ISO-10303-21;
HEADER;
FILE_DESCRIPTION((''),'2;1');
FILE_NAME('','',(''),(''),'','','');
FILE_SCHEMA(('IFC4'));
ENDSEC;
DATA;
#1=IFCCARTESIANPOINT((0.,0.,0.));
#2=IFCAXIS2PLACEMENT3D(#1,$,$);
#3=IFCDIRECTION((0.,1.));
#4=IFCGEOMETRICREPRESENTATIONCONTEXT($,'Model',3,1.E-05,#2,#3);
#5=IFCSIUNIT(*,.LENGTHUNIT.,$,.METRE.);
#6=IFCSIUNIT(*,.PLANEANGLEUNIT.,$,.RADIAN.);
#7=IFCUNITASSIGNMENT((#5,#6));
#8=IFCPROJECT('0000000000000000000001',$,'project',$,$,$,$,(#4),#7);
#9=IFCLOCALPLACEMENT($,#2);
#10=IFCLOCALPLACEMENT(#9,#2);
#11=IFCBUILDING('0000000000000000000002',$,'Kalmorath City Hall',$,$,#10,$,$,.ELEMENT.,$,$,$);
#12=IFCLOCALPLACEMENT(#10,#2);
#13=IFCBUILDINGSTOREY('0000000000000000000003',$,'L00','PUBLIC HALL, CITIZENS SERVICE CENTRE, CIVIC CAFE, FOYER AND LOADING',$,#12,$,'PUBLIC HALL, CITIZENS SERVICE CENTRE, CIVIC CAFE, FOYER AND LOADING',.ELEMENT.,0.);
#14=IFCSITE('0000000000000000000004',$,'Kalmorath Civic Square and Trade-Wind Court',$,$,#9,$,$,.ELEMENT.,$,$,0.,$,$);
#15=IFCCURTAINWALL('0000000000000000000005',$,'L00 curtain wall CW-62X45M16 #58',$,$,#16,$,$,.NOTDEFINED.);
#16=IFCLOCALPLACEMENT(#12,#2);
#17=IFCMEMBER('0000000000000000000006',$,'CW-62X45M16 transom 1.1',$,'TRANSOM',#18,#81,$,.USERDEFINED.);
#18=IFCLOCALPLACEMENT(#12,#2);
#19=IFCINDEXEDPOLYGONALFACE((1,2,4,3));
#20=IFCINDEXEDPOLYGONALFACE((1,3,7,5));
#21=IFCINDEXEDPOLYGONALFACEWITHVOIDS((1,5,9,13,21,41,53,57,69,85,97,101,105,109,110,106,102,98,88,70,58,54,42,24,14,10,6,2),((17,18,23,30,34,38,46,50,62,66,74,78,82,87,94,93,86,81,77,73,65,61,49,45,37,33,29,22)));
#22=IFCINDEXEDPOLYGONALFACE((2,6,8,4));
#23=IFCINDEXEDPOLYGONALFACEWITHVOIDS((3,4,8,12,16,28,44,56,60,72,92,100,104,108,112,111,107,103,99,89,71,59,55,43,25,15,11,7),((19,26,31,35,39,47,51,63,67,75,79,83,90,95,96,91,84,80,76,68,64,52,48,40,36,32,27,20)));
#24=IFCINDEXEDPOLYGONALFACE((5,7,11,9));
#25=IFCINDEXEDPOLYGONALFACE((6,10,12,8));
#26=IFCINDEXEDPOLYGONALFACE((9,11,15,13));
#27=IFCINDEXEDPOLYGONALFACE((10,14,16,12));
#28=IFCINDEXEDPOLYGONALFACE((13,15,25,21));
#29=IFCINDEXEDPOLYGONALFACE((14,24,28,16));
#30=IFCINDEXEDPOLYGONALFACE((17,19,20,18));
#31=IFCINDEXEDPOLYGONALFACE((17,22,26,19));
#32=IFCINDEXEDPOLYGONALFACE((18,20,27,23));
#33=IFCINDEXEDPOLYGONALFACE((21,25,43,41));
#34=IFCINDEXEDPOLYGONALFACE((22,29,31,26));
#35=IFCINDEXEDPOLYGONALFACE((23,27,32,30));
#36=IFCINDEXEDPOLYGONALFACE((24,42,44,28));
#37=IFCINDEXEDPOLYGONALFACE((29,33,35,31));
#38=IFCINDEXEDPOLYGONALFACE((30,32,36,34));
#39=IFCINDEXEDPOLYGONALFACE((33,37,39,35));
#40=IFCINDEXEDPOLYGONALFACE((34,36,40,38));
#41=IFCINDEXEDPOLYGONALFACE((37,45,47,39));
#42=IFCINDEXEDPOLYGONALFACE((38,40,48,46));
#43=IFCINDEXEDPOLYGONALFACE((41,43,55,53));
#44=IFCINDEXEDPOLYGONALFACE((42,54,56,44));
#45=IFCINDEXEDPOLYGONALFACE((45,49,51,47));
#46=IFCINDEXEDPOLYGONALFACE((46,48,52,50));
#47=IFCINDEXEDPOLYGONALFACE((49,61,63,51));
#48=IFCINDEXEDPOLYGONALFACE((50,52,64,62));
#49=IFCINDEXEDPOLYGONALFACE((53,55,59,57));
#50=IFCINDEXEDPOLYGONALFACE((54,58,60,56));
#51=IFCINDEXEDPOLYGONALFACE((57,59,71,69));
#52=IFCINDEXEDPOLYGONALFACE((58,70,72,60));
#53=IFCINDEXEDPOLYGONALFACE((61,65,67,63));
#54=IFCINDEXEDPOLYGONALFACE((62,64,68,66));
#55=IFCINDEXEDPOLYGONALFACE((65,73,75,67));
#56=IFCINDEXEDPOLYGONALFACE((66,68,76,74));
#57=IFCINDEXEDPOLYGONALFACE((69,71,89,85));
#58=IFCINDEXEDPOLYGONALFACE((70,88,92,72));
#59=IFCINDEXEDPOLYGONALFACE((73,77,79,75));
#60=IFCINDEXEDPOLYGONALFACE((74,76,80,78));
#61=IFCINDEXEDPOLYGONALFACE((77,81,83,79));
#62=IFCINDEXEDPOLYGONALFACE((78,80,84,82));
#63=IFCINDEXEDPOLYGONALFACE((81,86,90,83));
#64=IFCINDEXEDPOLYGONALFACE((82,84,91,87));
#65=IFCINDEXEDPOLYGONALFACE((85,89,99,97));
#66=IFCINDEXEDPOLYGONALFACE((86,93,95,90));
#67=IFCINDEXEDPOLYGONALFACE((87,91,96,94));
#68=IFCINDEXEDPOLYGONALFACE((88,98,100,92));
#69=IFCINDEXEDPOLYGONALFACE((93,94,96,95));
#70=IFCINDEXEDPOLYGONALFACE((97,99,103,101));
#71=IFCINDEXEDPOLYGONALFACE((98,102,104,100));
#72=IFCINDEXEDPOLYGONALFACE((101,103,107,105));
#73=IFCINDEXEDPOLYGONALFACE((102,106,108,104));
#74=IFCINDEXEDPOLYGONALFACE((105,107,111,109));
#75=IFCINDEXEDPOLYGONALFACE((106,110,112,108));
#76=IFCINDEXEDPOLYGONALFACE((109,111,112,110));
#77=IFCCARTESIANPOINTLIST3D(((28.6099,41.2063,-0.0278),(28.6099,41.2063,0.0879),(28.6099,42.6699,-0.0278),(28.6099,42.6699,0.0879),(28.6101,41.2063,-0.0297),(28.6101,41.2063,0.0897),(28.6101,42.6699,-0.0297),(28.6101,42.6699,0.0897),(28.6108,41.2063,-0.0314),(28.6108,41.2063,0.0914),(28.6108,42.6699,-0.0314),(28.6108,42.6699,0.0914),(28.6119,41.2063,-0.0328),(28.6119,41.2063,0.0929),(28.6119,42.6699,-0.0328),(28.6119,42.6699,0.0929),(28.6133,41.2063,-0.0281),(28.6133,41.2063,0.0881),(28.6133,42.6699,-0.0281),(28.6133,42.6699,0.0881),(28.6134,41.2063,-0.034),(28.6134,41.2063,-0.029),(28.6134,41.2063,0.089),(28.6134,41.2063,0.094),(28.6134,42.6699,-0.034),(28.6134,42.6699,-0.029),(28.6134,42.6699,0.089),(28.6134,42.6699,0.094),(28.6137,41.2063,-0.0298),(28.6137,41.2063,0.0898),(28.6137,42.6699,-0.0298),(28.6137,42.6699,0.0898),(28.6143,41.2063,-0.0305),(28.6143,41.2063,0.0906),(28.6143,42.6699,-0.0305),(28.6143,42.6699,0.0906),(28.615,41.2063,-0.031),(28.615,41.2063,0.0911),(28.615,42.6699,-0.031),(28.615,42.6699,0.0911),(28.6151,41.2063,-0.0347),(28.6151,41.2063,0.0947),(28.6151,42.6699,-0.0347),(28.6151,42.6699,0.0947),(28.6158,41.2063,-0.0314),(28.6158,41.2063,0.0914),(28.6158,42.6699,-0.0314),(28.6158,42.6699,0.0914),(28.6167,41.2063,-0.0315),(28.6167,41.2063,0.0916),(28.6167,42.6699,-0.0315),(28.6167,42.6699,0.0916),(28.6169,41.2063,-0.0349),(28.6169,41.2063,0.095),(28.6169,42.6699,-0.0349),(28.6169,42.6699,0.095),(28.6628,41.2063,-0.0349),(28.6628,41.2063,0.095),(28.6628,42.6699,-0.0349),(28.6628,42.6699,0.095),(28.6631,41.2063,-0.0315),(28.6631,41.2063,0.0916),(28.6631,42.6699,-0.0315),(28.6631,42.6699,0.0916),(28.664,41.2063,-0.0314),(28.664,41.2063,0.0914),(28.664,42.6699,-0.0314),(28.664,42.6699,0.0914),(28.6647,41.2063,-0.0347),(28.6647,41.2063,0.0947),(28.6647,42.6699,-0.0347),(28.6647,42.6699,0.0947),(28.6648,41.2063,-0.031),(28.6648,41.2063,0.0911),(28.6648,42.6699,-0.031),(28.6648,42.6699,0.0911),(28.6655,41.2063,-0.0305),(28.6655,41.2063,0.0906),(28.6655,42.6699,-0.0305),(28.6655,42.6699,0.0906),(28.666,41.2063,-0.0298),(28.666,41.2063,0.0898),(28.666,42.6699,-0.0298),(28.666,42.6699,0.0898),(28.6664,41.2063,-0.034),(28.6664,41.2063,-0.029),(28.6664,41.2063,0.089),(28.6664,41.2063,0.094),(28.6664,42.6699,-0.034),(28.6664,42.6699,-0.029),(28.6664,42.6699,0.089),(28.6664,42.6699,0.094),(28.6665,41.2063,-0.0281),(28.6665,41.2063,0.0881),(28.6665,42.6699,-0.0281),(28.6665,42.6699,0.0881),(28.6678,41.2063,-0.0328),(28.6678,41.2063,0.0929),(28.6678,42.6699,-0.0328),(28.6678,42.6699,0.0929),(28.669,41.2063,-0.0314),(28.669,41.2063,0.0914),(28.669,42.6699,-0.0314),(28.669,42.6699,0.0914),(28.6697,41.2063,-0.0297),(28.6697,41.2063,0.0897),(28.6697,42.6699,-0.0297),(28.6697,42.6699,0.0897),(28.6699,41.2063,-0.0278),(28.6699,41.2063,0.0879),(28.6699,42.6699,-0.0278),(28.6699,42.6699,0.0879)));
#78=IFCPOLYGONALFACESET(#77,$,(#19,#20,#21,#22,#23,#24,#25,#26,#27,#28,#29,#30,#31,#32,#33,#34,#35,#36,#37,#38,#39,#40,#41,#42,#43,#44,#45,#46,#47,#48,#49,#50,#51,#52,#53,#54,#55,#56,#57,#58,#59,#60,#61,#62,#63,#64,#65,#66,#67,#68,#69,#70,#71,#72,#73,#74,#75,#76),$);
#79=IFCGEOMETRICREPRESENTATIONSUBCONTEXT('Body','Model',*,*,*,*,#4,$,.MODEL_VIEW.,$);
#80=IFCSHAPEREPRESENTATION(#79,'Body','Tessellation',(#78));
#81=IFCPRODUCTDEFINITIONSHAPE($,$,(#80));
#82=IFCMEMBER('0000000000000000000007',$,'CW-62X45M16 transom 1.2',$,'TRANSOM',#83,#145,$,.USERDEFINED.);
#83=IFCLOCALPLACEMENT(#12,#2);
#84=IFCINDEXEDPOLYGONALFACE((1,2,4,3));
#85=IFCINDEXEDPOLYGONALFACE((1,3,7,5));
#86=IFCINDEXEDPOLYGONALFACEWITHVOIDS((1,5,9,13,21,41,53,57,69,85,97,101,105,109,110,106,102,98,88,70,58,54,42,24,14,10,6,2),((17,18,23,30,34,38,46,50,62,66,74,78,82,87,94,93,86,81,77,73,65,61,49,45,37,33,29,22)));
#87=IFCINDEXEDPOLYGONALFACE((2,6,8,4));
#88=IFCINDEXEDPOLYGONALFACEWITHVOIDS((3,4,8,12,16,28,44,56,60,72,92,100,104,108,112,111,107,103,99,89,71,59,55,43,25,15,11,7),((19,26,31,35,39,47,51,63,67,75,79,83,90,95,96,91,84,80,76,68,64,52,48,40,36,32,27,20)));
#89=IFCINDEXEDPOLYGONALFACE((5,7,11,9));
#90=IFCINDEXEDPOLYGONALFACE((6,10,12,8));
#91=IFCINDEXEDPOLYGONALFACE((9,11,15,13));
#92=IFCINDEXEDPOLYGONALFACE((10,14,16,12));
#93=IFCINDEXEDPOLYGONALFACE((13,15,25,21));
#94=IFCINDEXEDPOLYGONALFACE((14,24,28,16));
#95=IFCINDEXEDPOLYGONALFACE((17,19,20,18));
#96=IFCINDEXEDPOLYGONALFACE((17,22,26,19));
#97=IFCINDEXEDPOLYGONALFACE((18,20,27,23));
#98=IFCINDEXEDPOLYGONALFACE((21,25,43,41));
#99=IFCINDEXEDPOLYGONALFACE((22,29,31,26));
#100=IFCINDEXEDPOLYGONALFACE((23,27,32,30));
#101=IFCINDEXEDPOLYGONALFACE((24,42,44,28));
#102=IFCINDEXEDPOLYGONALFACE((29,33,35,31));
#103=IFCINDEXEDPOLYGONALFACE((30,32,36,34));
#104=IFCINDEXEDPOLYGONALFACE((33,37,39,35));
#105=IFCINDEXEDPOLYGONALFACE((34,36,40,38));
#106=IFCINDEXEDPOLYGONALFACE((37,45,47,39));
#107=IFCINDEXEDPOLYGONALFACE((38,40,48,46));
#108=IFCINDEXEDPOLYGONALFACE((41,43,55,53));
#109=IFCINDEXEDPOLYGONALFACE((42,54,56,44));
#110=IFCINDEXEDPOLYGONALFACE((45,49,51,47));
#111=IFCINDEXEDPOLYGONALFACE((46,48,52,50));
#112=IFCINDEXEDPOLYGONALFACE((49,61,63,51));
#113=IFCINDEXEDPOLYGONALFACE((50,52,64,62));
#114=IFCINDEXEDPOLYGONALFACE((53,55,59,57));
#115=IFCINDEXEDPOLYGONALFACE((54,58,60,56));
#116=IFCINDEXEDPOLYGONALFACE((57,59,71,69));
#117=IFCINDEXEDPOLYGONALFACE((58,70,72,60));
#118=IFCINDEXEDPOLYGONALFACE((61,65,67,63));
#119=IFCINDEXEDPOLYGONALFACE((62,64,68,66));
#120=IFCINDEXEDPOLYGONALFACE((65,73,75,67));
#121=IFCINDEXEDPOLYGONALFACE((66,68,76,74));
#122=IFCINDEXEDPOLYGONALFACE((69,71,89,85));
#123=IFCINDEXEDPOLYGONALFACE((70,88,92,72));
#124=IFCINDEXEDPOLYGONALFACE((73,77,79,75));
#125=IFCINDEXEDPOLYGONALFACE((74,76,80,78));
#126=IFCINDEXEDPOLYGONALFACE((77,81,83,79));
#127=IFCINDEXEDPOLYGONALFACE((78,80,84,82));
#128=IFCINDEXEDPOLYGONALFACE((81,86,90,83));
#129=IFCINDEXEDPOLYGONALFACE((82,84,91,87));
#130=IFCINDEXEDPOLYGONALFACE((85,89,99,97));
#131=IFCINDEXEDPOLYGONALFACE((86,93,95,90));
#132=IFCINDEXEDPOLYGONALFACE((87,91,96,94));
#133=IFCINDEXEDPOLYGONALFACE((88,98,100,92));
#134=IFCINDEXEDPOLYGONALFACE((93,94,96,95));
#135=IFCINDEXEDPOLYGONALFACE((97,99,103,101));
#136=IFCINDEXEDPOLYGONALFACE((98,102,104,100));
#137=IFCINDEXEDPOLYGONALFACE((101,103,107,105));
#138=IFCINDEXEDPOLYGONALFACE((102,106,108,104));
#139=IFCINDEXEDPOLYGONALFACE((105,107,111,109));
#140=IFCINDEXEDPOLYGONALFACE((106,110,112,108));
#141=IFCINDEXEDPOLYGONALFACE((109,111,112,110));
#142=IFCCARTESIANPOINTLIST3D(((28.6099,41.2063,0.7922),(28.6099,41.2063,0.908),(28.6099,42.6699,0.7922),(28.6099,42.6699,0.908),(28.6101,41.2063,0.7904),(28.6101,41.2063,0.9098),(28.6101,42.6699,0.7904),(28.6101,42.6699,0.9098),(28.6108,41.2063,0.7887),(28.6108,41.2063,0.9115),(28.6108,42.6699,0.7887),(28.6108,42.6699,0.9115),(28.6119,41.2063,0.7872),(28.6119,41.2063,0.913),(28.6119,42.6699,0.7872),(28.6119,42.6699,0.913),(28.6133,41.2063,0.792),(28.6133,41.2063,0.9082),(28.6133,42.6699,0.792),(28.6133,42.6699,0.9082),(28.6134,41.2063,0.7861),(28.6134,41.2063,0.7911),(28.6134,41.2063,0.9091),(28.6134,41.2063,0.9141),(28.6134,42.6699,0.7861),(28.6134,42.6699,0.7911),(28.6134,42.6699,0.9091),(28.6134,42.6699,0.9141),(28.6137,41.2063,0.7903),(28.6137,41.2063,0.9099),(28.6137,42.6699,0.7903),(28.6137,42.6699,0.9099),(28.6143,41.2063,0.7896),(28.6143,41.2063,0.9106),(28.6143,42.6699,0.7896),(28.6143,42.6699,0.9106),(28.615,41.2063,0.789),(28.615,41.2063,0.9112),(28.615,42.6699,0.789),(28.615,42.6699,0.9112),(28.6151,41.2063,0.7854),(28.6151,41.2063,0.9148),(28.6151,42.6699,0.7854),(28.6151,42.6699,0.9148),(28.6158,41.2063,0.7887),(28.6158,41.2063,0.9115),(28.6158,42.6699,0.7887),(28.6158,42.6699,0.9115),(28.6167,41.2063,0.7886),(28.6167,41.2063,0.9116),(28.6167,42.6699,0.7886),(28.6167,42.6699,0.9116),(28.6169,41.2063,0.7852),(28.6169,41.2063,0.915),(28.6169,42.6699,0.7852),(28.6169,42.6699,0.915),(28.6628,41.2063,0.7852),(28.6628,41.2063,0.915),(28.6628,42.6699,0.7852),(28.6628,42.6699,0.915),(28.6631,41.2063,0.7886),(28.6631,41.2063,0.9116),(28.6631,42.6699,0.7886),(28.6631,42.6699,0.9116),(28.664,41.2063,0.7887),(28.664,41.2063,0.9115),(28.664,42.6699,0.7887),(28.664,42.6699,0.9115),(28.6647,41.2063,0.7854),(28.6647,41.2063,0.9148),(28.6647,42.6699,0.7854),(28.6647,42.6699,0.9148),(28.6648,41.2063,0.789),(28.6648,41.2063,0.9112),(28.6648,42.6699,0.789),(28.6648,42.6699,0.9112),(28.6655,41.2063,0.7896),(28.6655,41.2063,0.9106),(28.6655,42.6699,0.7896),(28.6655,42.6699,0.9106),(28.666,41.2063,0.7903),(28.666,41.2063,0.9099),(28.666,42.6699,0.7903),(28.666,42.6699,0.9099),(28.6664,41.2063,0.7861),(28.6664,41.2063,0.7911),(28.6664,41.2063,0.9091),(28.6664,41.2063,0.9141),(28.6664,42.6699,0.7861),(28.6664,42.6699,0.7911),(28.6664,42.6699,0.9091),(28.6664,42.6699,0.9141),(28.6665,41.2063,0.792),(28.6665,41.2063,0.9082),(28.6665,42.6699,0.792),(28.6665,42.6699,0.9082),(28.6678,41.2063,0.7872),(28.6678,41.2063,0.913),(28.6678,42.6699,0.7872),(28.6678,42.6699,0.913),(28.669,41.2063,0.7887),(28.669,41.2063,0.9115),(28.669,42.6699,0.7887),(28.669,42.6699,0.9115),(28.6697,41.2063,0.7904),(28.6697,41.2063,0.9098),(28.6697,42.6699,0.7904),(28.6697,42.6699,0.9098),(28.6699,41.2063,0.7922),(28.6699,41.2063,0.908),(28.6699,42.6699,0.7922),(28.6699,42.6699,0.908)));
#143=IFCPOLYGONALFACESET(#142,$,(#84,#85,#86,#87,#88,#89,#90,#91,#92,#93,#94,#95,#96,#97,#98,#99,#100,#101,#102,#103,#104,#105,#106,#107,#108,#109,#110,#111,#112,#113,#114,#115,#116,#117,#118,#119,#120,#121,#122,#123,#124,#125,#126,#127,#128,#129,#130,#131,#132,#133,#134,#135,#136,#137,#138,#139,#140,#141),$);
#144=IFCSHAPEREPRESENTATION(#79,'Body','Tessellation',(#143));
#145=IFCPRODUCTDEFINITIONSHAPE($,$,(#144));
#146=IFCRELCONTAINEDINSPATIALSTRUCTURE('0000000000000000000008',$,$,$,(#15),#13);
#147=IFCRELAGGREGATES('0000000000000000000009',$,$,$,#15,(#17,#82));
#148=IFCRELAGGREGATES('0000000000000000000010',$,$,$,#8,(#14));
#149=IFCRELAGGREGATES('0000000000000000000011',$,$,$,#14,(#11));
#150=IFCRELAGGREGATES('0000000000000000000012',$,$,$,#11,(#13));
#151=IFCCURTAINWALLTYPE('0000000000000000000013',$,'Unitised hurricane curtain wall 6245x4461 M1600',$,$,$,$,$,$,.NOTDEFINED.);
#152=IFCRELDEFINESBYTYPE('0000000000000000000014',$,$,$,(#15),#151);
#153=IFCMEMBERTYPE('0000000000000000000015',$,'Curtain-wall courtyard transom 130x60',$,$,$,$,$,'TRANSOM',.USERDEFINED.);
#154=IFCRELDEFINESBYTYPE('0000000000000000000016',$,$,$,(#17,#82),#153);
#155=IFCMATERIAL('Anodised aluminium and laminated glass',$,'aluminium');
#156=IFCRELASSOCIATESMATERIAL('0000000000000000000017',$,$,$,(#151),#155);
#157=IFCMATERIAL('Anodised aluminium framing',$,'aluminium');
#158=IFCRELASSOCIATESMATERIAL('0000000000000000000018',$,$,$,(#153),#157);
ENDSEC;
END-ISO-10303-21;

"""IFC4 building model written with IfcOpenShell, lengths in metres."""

from ifc_helpers import new_model, si_unit, direction, frame, origin, origin_2d, place, context, subcontext, project, spatial, hollow_rectangle, extrude, material, material_profile, profile_set, type_object, element, aggregate, save


model = new_model("IFC4")

# Units and contexts
model_context = context("Model", 3, precision=1e-05, world=origin(), true_north=direction((0.0, 1.0)))
body_context = subcontext(model_context, "Body", "Model", "MODEL_VIEW")
ifc_project = project(units=[si_unit("LENGTHUNIT", "METRE"), si_unit("PLANEANGLEUNIT", "RADIAN")], contexts=[model_context])

# Site, building, storey
site_placement = place(None, origin())
site = spatial("IfcSite", under=ifc_project, at=site_placement, Name="Kalmorath Civic Square and Trade-Wind Court", CompositionType="ELEMENT", RefElevation=0.0)
building_placement = place(site_placement, origin())
building = spatial("IfcBuilding", under=site, at=building_placement, Name="Kalmorath City Hall", CompositionType="ELEMENT")
storey_placement = place(building_placement, origin())
storey = spatial("IfcBuildingStorey", under=building, at=storey_placement, Name="L00", Description="PUBLIC HALL, CITIZENS SERVICE CENTRE, CIVIC CAFE, FOYER AND LOADING", LongName="PUBLIC HALL, CITIZENS SERVICE CENTRE, CIVIC CAFE, FOYER AND LOADING", CompositionType="ELEMENT", Elevation=0.0)

# Curtain wall, members
ifc_material_1 = material(Name="Anodised aluminium and laminated glass", Category="aluminium")
curtain_wall_type_1 = type_object("IfcCurtainWallType", Name="Unitised hurricane curtain wall 6245x4461 M1600", PredefinedType="NOTDEFINED", material=ifc_material_1)
curtain_wall_1_placement = place(storey_placement, origin())
curtain_wall_1 = element("IfcCurtainWall", 1, at=curtain_wall_1_placement, inside=storey, type_object=curtain_wall_type_1, Name="L00 curtain wall CW-62X45M16 #58", PredefinedType="NOTDEFINED")
ifc_material_2 = material(Name="Anodised aluminium framing", Category="aluminium")
ifc_material_profile_1 = material_profile(ifc_material_2, hollow_rectangle(XDim=0.0601, YDim=0.1299, WallThickness=0.0034, InnerFilletRadius=0.0034, OuterFilletRadius=0.0071, at=origin_2d()), Name="ALU-TRN-130X60X3.5")
ifc_profile_set_1 = profile_set([ifc_material_profile_1], Name="Anodised aluminium framing")
member_type_1 = type_object("IfcMemberType", Name="Curtain-wall courtyard transom 130x60", ElementType="TRANSOM", PredefinedType="USERDEFINED", material=ifc_profile_set_1)
member_1_placement = place(storey_placement, frame((28.6399, 42.6699, 0.03), z_axis=(0.0, -1.0, 0.0), x_axis=(1.0, 0.0, 0.0)))
member_1 = element("IfcMember", 2, at=member_1_placement, type_object=member_type_1, Name="CW-62X45M16 transom 1.1", ObjectType="TRANSOM", PredefinedType="USERDEFINED", context=body_context, shape_type="SweptSolid", body=[
    extrude(hollow_rectangle(XDim=0.0601, YDim=0.1299, WallThickness=0.0034, InnerFilletRadius=0.0034, OuterFilletRadius=0.0071, at=origin_2d()), origin(), (0.0, 0.0, 1.0), 1.4636),
])
member_2_placement = place(storey_placement, frame((28.6399, 42.6699, 0.8501), z_axis=(0.0, -1.0, 0.0), x_axis=(1.0, 0.0, 0.0)))
member_2 = element("IfcMember", 3, at=member_2_placement, type_object=member_type_1, Name="CW-62X45M16 transom 1.2", ObjectType="TRANSOM", PredefinedType="USERDEFINED", context=body_context, shape_type="SweptSolid", body=[
    extrude(hollow_rectangle(XDim=0.0601, YDim=0.1299, WallThickness=0.0034, InnerFilletRadius=0.0034, OuterFilletRadius=0.0071, at=origin_2d()), origin(), (0.0, 0.0, 1.0), 1.4636),
])

aggregate(curtain_wall_1, [member_1, member_2])

save(model, "model.ifc")
